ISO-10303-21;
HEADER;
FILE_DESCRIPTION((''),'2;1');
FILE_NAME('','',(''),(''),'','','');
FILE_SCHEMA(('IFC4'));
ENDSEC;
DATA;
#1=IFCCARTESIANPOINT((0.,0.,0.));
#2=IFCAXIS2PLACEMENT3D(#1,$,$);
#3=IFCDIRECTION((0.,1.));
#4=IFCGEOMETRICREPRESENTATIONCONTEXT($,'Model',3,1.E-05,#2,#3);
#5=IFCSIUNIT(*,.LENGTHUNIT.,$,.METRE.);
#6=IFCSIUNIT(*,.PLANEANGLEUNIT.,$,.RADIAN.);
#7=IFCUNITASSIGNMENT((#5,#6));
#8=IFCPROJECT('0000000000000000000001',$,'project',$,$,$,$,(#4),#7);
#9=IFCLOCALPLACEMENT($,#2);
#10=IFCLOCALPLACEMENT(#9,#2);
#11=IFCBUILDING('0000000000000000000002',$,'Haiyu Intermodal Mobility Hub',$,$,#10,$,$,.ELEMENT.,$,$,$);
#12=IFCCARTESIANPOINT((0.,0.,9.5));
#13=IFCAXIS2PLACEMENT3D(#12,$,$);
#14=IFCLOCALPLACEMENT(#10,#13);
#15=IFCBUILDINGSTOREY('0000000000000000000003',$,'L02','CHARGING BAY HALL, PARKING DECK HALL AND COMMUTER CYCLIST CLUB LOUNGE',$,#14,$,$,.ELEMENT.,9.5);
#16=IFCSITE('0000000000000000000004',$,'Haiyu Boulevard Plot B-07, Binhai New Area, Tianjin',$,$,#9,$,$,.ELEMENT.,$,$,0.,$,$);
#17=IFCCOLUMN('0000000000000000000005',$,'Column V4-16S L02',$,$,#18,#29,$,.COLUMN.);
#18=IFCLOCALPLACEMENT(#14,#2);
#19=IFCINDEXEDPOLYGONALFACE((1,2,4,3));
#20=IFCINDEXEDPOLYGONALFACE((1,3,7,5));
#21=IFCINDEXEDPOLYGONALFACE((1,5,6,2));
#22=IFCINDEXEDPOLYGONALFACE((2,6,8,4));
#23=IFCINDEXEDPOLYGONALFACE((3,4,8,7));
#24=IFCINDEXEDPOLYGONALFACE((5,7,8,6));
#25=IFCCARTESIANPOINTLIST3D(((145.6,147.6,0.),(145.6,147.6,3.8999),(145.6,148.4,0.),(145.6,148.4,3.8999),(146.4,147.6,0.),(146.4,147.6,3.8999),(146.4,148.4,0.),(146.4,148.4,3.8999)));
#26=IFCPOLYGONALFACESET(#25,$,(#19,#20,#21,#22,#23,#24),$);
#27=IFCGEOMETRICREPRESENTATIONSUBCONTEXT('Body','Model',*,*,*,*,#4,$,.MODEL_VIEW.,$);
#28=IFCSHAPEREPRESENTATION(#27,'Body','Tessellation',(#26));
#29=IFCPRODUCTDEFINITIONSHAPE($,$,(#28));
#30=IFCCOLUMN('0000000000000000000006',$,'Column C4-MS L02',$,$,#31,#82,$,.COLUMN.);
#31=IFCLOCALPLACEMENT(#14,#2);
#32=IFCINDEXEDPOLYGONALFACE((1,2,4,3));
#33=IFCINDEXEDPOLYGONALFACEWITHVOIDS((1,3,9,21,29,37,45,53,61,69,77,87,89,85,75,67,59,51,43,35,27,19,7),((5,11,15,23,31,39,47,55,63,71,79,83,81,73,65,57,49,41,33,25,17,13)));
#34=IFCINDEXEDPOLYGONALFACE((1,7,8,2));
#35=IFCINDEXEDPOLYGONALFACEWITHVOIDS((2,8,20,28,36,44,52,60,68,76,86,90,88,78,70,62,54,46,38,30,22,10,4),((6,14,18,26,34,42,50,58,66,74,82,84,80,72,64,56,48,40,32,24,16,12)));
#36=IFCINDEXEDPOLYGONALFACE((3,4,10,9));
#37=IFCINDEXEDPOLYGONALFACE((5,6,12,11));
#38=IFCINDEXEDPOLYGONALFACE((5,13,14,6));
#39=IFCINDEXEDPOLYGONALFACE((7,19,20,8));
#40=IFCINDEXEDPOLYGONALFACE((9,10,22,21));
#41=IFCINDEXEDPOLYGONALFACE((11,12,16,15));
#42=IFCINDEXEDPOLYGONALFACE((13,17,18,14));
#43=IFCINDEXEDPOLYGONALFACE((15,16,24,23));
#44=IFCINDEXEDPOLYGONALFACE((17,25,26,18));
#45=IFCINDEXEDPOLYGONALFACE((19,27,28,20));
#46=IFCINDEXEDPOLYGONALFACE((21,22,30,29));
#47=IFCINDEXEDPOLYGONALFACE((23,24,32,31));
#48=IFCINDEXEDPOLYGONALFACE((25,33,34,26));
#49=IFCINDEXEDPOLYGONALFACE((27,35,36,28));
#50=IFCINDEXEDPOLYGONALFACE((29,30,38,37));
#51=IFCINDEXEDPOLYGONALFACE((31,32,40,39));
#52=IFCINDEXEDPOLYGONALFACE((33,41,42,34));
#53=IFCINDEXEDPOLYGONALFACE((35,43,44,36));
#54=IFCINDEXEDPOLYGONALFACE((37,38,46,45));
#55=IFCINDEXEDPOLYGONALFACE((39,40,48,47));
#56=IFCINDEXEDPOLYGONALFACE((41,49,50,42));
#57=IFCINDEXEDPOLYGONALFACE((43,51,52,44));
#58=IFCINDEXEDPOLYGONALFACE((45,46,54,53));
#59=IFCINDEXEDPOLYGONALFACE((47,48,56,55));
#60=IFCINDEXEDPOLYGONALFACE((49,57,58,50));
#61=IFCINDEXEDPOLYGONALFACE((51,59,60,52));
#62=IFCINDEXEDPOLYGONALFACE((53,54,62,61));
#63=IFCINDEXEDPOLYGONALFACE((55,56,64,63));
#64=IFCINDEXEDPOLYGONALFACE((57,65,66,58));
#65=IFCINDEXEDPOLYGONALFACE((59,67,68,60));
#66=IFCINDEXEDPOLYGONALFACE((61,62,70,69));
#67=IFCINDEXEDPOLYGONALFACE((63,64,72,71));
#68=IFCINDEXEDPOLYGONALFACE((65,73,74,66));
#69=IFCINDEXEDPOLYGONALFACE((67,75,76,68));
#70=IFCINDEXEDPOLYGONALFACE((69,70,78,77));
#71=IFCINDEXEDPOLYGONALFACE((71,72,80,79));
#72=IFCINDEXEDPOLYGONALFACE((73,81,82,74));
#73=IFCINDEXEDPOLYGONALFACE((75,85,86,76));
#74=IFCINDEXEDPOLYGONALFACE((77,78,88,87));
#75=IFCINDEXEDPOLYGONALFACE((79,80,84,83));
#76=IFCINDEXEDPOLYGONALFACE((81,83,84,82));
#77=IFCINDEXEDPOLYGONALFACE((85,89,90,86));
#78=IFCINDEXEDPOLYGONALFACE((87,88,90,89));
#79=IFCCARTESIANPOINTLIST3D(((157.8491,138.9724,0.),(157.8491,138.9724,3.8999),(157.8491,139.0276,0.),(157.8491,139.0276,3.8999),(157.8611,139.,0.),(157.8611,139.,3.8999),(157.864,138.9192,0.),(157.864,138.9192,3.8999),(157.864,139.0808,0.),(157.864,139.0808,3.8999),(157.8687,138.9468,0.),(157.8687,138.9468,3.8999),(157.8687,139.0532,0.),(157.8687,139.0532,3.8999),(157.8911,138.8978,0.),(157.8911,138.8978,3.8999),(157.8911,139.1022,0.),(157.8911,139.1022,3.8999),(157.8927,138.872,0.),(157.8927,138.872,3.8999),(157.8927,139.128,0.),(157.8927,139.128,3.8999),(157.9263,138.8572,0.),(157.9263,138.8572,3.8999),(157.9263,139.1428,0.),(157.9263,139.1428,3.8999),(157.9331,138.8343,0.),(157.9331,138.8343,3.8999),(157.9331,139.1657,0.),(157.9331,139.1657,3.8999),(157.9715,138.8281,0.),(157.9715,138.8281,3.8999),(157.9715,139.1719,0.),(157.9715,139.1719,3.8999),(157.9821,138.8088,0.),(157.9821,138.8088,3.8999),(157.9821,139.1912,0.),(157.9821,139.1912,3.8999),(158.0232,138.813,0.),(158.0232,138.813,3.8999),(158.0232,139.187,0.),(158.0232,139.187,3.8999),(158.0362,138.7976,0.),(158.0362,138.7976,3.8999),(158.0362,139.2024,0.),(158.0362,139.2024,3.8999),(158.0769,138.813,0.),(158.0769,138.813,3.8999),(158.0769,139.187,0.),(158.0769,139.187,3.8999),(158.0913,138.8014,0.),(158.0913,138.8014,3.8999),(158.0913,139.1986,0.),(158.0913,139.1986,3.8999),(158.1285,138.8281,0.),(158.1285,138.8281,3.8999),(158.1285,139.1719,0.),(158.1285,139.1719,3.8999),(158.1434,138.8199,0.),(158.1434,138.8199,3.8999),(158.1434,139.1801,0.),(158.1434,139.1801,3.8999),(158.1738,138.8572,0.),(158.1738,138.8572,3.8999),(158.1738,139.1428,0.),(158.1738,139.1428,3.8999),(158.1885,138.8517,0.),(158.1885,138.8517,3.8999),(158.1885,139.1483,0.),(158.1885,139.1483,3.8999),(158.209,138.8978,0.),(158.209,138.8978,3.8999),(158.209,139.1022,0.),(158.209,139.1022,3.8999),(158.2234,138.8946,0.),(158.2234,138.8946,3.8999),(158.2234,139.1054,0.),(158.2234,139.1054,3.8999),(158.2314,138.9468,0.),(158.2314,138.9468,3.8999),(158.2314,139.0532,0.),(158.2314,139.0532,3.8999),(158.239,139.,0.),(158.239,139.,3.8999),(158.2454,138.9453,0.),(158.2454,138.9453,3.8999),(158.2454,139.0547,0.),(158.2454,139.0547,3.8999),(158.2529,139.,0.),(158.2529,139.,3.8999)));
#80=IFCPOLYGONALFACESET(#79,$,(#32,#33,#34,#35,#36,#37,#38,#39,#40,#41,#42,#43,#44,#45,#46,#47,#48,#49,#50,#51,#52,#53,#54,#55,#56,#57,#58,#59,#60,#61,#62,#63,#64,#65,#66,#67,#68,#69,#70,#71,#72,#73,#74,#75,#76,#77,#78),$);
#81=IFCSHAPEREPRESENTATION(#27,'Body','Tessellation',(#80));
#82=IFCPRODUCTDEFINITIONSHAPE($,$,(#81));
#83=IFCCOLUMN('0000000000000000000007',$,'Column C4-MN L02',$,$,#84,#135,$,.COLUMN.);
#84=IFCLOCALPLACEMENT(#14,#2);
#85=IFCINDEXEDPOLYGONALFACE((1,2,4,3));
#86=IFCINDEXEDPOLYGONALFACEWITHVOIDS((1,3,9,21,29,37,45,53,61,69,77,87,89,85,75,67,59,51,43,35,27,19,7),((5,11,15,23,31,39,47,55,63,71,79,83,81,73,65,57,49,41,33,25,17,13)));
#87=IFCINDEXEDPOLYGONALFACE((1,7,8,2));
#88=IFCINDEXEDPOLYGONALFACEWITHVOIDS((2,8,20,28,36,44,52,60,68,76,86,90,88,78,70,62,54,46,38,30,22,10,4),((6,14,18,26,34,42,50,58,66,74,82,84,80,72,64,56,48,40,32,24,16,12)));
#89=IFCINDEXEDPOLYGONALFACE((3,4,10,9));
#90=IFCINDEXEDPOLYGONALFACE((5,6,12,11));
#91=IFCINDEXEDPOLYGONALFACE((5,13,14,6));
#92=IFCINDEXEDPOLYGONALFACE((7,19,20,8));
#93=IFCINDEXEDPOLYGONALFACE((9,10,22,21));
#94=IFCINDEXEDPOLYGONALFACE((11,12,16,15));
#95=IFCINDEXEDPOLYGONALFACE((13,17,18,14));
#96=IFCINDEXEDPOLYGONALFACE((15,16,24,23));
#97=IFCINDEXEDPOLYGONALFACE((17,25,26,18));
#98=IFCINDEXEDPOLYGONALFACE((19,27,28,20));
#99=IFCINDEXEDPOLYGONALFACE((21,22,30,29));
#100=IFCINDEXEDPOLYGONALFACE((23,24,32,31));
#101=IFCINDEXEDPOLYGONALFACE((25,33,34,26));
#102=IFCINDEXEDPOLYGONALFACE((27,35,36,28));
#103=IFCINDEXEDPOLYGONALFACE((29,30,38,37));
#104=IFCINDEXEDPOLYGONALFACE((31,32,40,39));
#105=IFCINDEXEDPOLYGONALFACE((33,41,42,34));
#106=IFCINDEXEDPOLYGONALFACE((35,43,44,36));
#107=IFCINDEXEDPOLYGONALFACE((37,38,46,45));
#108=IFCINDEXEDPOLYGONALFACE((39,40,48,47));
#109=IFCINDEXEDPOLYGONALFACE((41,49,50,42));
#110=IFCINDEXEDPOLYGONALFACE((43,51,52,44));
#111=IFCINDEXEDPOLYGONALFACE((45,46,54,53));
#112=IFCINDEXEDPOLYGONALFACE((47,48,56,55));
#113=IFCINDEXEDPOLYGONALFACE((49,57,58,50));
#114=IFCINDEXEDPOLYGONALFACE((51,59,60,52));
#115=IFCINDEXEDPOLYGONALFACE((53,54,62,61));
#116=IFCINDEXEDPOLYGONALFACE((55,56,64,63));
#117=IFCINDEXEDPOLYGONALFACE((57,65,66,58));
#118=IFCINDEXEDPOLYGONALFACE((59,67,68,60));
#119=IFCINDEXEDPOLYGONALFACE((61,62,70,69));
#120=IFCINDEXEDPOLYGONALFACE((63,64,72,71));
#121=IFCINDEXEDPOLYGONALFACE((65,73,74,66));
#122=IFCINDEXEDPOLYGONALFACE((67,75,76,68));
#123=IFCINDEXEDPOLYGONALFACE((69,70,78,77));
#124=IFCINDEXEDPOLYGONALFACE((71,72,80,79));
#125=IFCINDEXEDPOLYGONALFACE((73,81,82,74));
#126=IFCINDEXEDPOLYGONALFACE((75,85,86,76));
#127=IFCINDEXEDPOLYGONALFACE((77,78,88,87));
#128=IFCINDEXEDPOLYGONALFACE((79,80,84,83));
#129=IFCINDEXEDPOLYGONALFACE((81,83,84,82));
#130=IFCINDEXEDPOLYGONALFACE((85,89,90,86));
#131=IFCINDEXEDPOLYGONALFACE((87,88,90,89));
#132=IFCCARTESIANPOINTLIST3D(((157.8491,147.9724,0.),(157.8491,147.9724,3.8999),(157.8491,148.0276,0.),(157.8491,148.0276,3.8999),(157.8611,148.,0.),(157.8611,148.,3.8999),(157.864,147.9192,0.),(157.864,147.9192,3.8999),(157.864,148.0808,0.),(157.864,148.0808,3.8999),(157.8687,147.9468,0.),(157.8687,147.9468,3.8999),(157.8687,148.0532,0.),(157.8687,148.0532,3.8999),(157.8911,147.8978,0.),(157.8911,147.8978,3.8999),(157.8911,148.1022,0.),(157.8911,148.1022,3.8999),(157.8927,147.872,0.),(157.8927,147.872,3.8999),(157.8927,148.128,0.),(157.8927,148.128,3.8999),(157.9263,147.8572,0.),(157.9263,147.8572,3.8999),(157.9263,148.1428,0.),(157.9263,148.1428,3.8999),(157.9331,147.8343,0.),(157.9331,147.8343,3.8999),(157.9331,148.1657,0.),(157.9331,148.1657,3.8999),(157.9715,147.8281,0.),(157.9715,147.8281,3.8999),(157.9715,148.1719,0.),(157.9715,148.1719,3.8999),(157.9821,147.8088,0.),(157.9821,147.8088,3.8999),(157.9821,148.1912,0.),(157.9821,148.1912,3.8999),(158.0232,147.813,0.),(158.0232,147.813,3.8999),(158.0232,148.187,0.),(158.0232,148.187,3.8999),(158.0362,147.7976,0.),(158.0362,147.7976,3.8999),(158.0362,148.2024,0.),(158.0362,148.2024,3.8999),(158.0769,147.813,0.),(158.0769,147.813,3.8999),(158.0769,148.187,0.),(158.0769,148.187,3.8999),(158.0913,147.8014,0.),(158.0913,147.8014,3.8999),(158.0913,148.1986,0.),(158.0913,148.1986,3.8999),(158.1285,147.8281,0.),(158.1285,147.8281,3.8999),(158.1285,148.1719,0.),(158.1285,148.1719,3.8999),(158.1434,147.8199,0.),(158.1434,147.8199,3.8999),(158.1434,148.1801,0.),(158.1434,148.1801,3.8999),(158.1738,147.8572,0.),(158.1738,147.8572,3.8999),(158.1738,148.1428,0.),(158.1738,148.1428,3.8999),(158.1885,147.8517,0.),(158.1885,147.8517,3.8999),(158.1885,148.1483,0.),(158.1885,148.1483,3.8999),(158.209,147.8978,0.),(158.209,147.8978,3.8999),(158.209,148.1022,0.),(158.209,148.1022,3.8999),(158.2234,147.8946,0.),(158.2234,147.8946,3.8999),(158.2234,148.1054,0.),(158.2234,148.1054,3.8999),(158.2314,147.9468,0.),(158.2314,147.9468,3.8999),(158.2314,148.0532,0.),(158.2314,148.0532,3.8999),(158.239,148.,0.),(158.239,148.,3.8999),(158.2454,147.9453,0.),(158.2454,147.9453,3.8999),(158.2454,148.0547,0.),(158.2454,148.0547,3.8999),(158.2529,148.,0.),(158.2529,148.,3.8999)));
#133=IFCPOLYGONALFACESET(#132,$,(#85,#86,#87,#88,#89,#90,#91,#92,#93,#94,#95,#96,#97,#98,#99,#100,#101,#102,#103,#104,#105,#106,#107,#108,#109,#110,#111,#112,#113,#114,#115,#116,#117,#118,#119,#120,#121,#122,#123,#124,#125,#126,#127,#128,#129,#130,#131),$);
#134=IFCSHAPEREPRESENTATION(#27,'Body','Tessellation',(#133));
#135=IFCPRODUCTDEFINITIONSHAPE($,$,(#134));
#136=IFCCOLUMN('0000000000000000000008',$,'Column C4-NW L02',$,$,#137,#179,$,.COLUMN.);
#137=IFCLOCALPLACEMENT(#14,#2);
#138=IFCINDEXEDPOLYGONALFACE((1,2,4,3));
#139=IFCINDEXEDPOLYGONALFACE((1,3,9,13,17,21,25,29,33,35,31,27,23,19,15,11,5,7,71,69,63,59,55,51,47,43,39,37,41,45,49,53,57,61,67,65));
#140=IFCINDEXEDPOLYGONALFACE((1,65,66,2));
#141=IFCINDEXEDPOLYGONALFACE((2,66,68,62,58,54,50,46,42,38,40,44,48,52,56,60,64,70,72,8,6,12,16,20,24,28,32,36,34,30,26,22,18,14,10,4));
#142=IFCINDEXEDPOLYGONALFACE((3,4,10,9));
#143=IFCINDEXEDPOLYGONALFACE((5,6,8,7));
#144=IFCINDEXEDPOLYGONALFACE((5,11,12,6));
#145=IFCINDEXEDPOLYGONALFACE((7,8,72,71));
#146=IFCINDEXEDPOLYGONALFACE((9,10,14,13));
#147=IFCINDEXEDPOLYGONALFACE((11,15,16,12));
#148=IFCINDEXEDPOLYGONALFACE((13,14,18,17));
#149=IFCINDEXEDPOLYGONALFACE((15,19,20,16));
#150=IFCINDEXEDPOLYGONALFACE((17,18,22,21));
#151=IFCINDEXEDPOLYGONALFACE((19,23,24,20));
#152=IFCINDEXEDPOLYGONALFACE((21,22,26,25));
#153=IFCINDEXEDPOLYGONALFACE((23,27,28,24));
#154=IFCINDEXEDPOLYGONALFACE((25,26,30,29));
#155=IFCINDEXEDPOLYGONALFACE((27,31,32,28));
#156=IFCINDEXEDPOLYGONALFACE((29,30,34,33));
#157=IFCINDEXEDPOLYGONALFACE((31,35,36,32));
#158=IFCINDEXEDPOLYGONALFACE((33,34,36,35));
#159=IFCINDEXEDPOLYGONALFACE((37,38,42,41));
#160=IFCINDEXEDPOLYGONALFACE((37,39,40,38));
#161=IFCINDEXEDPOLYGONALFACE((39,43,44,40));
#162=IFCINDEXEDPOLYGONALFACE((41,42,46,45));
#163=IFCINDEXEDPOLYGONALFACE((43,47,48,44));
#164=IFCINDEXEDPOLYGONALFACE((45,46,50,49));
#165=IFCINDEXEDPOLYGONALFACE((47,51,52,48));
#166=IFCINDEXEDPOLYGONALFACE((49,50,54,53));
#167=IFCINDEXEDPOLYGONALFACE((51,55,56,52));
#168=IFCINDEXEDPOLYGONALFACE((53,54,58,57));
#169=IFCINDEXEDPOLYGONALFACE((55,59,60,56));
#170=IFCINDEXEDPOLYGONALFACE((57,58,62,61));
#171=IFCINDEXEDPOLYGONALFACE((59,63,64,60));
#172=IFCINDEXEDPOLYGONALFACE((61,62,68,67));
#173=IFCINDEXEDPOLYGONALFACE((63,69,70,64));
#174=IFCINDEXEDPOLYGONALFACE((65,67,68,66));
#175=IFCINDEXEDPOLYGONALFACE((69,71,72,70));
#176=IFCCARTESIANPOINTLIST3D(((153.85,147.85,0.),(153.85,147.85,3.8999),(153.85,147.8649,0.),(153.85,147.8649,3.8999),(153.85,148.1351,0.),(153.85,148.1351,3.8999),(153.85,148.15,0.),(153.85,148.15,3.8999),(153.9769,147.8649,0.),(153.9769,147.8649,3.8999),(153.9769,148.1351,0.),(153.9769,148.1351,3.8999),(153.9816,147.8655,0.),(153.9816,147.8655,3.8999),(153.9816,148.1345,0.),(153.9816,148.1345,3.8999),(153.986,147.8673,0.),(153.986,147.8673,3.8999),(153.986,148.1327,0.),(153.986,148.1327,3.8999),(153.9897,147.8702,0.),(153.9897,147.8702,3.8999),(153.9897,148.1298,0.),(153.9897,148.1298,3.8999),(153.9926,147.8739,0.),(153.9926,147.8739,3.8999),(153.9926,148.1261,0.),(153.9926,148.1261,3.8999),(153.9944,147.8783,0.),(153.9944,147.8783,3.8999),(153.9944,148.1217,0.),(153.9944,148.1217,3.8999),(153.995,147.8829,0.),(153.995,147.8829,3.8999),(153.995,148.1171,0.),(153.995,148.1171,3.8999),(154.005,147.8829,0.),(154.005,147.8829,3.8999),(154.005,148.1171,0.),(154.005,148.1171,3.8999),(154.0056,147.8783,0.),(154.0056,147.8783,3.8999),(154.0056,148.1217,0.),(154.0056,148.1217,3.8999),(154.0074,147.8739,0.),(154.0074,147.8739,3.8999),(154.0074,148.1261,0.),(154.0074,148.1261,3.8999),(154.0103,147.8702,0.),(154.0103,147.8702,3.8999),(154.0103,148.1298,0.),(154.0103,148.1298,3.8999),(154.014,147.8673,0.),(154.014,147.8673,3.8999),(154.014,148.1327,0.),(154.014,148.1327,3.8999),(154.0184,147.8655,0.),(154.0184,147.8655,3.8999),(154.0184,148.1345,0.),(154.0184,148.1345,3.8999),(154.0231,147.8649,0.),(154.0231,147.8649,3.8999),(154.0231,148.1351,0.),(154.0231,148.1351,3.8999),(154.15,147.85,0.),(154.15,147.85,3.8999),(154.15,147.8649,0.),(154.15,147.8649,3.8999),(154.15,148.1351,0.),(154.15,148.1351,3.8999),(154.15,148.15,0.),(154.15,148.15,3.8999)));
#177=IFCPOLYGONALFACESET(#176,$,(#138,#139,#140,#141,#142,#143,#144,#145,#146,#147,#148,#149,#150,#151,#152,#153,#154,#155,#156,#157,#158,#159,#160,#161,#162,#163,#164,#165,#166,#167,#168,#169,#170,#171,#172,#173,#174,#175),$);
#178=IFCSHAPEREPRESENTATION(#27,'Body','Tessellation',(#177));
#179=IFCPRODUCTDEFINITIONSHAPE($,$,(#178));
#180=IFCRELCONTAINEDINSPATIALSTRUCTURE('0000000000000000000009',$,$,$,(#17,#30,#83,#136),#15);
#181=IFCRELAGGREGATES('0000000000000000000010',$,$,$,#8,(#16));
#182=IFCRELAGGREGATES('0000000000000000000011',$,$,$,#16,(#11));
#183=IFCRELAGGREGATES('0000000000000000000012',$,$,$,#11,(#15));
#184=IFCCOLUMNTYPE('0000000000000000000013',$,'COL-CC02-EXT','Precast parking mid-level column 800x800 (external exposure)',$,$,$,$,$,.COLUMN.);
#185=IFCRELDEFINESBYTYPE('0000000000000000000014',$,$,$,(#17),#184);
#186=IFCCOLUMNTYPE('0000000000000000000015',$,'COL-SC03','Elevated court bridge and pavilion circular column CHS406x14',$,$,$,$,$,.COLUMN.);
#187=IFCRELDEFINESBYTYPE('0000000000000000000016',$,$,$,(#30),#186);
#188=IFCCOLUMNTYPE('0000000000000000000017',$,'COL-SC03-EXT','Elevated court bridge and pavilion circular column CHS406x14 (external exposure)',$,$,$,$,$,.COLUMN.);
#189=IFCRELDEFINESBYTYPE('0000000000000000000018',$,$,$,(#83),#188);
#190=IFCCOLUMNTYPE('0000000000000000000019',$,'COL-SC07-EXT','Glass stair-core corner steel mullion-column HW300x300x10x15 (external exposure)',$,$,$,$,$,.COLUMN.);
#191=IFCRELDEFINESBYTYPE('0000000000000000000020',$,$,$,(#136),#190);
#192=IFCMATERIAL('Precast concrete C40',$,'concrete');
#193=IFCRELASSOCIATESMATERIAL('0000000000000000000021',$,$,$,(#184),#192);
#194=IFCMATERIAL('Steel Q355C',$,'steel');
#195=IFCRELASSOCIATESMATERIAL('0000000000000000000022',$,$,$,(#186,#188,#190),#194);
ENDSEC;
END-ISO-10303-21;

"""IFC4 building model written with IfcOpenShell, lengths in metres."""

from ifc_helpers import new_model, si_unit, direction, frame, origin, origin_2d, place, context, subcontext, project, spatial, rectangle, hollow_circle, i_section, extrude, material, material_profile, profile_set, type_object, element, save


model = new_model("IFC4")

# Units and contexts
model_context = context("Model", 3, precision=1e-05, world=origin(), true_north=direction((0.0, 1.0)))
body_context = subcontext(model_context, "Body", "Model", "MODEL_VIEW")
ifc_project = project(units=[si_unit("LENGTHUNIT", "METRE"), si_unit("PLANEANGLEUNIT", "RADIAN")], contexts=[model_context])

# Site, building, storey
site_placement = place(None, origin())
site = spatial("IfcSite", under=ifc_project, at=site_placement, Name="Haiyu Boulevard Plot B-07, Binhai New Area, Tianjin", CompositionType="ELEMENT", RefElevation=0.0)
building_placement = place(site_placement, origin())
building = spatial("IfcBuilding", under=site, at=building_placement, Name="Haiyu Intermodal Mobility Hub", CompositionType="ELEMENT")
storey_placement = place(building_placement, frame((0.0, 0.0, 9.5)))
storey = spatial("IfcBuildingStorey", under=building, at=storey_placement, Name="L02", Description="CHARGING BAY HALL, PARKING DECK HALL AND COMMUTER CYCLIST CLUB LOUNGE", CompositionType="ELEMENT", Elevation=9.5)

# Columns
ifc_material_1 = material(Name="Precast concrete C40", Category="concrete")
ifc_material_profile_1 = material_profile(ifc_material_1, rectangle(XDim=0.8, YDim=0.8, at=origin_2d()), Name="RC800x800")
ifc_profile_set_1 = profile_set([ifc_material_profile_1], Name="Precast concrete C40")
column_type_1 = type_object("IfcColumnType", Name="COL-CC02-EXT", Description="Precast parking mid-level column 800x800 (external exposure)", PredefinedType="COLUMN", material=ifc_profile_set_1)
column_1_placement = place(storey_placement, frame((146.0, 148.0, 0.0), z_axis=(0.0, 0.0, 1.0), x_axis=(1.0, 0.0, 0.0)))
element("IfcColumn", 1, at=column_1_placement, inside=storey, type_object=column_type_1, Name="Column V4-16S L02", PredefinedType="COLUMN", context=body_context, shape_type="SweptSolid", body=[
    extrude(rectangle(XDim=0.8, YDim=0.8, at=origin_2d()), origin(), (0.0, 0.0, 1.0), 3.8999),
])
ifc_material_2 = material(Name="Steel Q355C", Category="steel")
ifc_material_profile_2 = material_profile(ifc_material_2, hollow_circle(Radius=0.2029, WallThickness=0.0139, at=origin_2d()), Name="CHS406x14")
ifc_profile_set_2 = profile_set([ifc_material_profile_2], Name="Steel Q355C")
column_type_2 = type_object("IfcColumnType", Name="COL-SC03", Description="Elevated court bridge and pavilion circular column CHS406x14", PredefinedType="COLUMN", material=ifc_profile_set_2)
column_2_placement = place(storey_placement, frame((158.05, 139.0, 0.0), z_axis=(0.0, 0.0, 1.0), x_axis=(1.0, 0.0, 0.0)))
element("IfcColumn", 2, at=column_2_placement, inside=storey, type_object=column_type_2, Name="Column C4-MS L02", PredefinedType="COLUMN", context=body_context, shape_type="SweptSolid", body=[
    extrude(hollow_circle(Radius=0.2029, WallThickness=0.0139, at=origin_2d()), origin(), (0.0, 0.0, 1.0), 3.8999),
])
ifc_material_profile_3 = material_profile(ifc_material_2, hollow_circle(Radius=0.2029, WallThickness=0.0139, at=origin_2d()), Name="CHS406x14")
ifc_profile_set_3 = profile_set([ifc_material_profile_3], Name="Steel Q355C")
column_type_3 = type_object("IfcColumnType", Name="COL-SC03-EXT", Description="Elevated court bridge and pavilion circular column CHS406x14 (external exposure)", PredefinedType="COLUMN", material=ifc_profile_set_3)
column_3_placement = place(storey_placement, frame((158.05, 148.0, 0.0), z_axis=(0.0, 0.0, 1.0), x_axis=(1.0, 0.0, 0.0)))
element("IfcColumn", 3, at=column_3_placement, inside=storey, type_object=column_type_3, Name="Column C4-MN L02", PredefinedType="COLUMN", context=body_context, shape_type="SweptSolid", body=[
    extrude(hollow_circle(Radius=0.2029, WallThickness=0.0139, at=origin_2d()), origin(), (0.0, 0.0, 1.0), 3.8999),
])
ifc_material_profile_4 = material_profile(ifc_material_2, i_section(OverallWidth=0.3, OverallDepth=0.3, WebThickness=0.01, FlangeThickness=0.0149, FilletRadius=0.0181, at=origin_2d()), Name="HW300x300x10x15")
ifc_profile_set_4 = profile_set([ifc_material_profile_4], Name="Steel Q355C")
column_type_4 = type_object("IfcColumnType", Name="COL-SC07-EXT", Description="Glass stair-core corner steel mullion-column HW300x300x10x15 (external exposure)", PredefinedType="COLUMN", material=ifc_profile_set_4)
column_4_placement = place(storey_placement, frame((154.0, 148.0, 0.0), z_axis=(0.0, 0.0, 1.0), x_axis=(1.0, 0.0, 0.0)))
element("IfcColumn", 4, at=column_4_placement, inside=storey, type_object=column_type_4, Name="Column C4-NW L02", PredefinedType="COLUMN", context=body_context, shape_type="SweptSolid", body=[
    extrude(i_section(OverallWidth=0.3, OverallDepth=0.3, WebThickness=0.01, FlangeThickness=0.0149, FilletRadius=0.0181, at=origin_2d()), origin(), (0.0, 0.0, 1.0), 3.8999),
])

save(model, "model.ifc")
